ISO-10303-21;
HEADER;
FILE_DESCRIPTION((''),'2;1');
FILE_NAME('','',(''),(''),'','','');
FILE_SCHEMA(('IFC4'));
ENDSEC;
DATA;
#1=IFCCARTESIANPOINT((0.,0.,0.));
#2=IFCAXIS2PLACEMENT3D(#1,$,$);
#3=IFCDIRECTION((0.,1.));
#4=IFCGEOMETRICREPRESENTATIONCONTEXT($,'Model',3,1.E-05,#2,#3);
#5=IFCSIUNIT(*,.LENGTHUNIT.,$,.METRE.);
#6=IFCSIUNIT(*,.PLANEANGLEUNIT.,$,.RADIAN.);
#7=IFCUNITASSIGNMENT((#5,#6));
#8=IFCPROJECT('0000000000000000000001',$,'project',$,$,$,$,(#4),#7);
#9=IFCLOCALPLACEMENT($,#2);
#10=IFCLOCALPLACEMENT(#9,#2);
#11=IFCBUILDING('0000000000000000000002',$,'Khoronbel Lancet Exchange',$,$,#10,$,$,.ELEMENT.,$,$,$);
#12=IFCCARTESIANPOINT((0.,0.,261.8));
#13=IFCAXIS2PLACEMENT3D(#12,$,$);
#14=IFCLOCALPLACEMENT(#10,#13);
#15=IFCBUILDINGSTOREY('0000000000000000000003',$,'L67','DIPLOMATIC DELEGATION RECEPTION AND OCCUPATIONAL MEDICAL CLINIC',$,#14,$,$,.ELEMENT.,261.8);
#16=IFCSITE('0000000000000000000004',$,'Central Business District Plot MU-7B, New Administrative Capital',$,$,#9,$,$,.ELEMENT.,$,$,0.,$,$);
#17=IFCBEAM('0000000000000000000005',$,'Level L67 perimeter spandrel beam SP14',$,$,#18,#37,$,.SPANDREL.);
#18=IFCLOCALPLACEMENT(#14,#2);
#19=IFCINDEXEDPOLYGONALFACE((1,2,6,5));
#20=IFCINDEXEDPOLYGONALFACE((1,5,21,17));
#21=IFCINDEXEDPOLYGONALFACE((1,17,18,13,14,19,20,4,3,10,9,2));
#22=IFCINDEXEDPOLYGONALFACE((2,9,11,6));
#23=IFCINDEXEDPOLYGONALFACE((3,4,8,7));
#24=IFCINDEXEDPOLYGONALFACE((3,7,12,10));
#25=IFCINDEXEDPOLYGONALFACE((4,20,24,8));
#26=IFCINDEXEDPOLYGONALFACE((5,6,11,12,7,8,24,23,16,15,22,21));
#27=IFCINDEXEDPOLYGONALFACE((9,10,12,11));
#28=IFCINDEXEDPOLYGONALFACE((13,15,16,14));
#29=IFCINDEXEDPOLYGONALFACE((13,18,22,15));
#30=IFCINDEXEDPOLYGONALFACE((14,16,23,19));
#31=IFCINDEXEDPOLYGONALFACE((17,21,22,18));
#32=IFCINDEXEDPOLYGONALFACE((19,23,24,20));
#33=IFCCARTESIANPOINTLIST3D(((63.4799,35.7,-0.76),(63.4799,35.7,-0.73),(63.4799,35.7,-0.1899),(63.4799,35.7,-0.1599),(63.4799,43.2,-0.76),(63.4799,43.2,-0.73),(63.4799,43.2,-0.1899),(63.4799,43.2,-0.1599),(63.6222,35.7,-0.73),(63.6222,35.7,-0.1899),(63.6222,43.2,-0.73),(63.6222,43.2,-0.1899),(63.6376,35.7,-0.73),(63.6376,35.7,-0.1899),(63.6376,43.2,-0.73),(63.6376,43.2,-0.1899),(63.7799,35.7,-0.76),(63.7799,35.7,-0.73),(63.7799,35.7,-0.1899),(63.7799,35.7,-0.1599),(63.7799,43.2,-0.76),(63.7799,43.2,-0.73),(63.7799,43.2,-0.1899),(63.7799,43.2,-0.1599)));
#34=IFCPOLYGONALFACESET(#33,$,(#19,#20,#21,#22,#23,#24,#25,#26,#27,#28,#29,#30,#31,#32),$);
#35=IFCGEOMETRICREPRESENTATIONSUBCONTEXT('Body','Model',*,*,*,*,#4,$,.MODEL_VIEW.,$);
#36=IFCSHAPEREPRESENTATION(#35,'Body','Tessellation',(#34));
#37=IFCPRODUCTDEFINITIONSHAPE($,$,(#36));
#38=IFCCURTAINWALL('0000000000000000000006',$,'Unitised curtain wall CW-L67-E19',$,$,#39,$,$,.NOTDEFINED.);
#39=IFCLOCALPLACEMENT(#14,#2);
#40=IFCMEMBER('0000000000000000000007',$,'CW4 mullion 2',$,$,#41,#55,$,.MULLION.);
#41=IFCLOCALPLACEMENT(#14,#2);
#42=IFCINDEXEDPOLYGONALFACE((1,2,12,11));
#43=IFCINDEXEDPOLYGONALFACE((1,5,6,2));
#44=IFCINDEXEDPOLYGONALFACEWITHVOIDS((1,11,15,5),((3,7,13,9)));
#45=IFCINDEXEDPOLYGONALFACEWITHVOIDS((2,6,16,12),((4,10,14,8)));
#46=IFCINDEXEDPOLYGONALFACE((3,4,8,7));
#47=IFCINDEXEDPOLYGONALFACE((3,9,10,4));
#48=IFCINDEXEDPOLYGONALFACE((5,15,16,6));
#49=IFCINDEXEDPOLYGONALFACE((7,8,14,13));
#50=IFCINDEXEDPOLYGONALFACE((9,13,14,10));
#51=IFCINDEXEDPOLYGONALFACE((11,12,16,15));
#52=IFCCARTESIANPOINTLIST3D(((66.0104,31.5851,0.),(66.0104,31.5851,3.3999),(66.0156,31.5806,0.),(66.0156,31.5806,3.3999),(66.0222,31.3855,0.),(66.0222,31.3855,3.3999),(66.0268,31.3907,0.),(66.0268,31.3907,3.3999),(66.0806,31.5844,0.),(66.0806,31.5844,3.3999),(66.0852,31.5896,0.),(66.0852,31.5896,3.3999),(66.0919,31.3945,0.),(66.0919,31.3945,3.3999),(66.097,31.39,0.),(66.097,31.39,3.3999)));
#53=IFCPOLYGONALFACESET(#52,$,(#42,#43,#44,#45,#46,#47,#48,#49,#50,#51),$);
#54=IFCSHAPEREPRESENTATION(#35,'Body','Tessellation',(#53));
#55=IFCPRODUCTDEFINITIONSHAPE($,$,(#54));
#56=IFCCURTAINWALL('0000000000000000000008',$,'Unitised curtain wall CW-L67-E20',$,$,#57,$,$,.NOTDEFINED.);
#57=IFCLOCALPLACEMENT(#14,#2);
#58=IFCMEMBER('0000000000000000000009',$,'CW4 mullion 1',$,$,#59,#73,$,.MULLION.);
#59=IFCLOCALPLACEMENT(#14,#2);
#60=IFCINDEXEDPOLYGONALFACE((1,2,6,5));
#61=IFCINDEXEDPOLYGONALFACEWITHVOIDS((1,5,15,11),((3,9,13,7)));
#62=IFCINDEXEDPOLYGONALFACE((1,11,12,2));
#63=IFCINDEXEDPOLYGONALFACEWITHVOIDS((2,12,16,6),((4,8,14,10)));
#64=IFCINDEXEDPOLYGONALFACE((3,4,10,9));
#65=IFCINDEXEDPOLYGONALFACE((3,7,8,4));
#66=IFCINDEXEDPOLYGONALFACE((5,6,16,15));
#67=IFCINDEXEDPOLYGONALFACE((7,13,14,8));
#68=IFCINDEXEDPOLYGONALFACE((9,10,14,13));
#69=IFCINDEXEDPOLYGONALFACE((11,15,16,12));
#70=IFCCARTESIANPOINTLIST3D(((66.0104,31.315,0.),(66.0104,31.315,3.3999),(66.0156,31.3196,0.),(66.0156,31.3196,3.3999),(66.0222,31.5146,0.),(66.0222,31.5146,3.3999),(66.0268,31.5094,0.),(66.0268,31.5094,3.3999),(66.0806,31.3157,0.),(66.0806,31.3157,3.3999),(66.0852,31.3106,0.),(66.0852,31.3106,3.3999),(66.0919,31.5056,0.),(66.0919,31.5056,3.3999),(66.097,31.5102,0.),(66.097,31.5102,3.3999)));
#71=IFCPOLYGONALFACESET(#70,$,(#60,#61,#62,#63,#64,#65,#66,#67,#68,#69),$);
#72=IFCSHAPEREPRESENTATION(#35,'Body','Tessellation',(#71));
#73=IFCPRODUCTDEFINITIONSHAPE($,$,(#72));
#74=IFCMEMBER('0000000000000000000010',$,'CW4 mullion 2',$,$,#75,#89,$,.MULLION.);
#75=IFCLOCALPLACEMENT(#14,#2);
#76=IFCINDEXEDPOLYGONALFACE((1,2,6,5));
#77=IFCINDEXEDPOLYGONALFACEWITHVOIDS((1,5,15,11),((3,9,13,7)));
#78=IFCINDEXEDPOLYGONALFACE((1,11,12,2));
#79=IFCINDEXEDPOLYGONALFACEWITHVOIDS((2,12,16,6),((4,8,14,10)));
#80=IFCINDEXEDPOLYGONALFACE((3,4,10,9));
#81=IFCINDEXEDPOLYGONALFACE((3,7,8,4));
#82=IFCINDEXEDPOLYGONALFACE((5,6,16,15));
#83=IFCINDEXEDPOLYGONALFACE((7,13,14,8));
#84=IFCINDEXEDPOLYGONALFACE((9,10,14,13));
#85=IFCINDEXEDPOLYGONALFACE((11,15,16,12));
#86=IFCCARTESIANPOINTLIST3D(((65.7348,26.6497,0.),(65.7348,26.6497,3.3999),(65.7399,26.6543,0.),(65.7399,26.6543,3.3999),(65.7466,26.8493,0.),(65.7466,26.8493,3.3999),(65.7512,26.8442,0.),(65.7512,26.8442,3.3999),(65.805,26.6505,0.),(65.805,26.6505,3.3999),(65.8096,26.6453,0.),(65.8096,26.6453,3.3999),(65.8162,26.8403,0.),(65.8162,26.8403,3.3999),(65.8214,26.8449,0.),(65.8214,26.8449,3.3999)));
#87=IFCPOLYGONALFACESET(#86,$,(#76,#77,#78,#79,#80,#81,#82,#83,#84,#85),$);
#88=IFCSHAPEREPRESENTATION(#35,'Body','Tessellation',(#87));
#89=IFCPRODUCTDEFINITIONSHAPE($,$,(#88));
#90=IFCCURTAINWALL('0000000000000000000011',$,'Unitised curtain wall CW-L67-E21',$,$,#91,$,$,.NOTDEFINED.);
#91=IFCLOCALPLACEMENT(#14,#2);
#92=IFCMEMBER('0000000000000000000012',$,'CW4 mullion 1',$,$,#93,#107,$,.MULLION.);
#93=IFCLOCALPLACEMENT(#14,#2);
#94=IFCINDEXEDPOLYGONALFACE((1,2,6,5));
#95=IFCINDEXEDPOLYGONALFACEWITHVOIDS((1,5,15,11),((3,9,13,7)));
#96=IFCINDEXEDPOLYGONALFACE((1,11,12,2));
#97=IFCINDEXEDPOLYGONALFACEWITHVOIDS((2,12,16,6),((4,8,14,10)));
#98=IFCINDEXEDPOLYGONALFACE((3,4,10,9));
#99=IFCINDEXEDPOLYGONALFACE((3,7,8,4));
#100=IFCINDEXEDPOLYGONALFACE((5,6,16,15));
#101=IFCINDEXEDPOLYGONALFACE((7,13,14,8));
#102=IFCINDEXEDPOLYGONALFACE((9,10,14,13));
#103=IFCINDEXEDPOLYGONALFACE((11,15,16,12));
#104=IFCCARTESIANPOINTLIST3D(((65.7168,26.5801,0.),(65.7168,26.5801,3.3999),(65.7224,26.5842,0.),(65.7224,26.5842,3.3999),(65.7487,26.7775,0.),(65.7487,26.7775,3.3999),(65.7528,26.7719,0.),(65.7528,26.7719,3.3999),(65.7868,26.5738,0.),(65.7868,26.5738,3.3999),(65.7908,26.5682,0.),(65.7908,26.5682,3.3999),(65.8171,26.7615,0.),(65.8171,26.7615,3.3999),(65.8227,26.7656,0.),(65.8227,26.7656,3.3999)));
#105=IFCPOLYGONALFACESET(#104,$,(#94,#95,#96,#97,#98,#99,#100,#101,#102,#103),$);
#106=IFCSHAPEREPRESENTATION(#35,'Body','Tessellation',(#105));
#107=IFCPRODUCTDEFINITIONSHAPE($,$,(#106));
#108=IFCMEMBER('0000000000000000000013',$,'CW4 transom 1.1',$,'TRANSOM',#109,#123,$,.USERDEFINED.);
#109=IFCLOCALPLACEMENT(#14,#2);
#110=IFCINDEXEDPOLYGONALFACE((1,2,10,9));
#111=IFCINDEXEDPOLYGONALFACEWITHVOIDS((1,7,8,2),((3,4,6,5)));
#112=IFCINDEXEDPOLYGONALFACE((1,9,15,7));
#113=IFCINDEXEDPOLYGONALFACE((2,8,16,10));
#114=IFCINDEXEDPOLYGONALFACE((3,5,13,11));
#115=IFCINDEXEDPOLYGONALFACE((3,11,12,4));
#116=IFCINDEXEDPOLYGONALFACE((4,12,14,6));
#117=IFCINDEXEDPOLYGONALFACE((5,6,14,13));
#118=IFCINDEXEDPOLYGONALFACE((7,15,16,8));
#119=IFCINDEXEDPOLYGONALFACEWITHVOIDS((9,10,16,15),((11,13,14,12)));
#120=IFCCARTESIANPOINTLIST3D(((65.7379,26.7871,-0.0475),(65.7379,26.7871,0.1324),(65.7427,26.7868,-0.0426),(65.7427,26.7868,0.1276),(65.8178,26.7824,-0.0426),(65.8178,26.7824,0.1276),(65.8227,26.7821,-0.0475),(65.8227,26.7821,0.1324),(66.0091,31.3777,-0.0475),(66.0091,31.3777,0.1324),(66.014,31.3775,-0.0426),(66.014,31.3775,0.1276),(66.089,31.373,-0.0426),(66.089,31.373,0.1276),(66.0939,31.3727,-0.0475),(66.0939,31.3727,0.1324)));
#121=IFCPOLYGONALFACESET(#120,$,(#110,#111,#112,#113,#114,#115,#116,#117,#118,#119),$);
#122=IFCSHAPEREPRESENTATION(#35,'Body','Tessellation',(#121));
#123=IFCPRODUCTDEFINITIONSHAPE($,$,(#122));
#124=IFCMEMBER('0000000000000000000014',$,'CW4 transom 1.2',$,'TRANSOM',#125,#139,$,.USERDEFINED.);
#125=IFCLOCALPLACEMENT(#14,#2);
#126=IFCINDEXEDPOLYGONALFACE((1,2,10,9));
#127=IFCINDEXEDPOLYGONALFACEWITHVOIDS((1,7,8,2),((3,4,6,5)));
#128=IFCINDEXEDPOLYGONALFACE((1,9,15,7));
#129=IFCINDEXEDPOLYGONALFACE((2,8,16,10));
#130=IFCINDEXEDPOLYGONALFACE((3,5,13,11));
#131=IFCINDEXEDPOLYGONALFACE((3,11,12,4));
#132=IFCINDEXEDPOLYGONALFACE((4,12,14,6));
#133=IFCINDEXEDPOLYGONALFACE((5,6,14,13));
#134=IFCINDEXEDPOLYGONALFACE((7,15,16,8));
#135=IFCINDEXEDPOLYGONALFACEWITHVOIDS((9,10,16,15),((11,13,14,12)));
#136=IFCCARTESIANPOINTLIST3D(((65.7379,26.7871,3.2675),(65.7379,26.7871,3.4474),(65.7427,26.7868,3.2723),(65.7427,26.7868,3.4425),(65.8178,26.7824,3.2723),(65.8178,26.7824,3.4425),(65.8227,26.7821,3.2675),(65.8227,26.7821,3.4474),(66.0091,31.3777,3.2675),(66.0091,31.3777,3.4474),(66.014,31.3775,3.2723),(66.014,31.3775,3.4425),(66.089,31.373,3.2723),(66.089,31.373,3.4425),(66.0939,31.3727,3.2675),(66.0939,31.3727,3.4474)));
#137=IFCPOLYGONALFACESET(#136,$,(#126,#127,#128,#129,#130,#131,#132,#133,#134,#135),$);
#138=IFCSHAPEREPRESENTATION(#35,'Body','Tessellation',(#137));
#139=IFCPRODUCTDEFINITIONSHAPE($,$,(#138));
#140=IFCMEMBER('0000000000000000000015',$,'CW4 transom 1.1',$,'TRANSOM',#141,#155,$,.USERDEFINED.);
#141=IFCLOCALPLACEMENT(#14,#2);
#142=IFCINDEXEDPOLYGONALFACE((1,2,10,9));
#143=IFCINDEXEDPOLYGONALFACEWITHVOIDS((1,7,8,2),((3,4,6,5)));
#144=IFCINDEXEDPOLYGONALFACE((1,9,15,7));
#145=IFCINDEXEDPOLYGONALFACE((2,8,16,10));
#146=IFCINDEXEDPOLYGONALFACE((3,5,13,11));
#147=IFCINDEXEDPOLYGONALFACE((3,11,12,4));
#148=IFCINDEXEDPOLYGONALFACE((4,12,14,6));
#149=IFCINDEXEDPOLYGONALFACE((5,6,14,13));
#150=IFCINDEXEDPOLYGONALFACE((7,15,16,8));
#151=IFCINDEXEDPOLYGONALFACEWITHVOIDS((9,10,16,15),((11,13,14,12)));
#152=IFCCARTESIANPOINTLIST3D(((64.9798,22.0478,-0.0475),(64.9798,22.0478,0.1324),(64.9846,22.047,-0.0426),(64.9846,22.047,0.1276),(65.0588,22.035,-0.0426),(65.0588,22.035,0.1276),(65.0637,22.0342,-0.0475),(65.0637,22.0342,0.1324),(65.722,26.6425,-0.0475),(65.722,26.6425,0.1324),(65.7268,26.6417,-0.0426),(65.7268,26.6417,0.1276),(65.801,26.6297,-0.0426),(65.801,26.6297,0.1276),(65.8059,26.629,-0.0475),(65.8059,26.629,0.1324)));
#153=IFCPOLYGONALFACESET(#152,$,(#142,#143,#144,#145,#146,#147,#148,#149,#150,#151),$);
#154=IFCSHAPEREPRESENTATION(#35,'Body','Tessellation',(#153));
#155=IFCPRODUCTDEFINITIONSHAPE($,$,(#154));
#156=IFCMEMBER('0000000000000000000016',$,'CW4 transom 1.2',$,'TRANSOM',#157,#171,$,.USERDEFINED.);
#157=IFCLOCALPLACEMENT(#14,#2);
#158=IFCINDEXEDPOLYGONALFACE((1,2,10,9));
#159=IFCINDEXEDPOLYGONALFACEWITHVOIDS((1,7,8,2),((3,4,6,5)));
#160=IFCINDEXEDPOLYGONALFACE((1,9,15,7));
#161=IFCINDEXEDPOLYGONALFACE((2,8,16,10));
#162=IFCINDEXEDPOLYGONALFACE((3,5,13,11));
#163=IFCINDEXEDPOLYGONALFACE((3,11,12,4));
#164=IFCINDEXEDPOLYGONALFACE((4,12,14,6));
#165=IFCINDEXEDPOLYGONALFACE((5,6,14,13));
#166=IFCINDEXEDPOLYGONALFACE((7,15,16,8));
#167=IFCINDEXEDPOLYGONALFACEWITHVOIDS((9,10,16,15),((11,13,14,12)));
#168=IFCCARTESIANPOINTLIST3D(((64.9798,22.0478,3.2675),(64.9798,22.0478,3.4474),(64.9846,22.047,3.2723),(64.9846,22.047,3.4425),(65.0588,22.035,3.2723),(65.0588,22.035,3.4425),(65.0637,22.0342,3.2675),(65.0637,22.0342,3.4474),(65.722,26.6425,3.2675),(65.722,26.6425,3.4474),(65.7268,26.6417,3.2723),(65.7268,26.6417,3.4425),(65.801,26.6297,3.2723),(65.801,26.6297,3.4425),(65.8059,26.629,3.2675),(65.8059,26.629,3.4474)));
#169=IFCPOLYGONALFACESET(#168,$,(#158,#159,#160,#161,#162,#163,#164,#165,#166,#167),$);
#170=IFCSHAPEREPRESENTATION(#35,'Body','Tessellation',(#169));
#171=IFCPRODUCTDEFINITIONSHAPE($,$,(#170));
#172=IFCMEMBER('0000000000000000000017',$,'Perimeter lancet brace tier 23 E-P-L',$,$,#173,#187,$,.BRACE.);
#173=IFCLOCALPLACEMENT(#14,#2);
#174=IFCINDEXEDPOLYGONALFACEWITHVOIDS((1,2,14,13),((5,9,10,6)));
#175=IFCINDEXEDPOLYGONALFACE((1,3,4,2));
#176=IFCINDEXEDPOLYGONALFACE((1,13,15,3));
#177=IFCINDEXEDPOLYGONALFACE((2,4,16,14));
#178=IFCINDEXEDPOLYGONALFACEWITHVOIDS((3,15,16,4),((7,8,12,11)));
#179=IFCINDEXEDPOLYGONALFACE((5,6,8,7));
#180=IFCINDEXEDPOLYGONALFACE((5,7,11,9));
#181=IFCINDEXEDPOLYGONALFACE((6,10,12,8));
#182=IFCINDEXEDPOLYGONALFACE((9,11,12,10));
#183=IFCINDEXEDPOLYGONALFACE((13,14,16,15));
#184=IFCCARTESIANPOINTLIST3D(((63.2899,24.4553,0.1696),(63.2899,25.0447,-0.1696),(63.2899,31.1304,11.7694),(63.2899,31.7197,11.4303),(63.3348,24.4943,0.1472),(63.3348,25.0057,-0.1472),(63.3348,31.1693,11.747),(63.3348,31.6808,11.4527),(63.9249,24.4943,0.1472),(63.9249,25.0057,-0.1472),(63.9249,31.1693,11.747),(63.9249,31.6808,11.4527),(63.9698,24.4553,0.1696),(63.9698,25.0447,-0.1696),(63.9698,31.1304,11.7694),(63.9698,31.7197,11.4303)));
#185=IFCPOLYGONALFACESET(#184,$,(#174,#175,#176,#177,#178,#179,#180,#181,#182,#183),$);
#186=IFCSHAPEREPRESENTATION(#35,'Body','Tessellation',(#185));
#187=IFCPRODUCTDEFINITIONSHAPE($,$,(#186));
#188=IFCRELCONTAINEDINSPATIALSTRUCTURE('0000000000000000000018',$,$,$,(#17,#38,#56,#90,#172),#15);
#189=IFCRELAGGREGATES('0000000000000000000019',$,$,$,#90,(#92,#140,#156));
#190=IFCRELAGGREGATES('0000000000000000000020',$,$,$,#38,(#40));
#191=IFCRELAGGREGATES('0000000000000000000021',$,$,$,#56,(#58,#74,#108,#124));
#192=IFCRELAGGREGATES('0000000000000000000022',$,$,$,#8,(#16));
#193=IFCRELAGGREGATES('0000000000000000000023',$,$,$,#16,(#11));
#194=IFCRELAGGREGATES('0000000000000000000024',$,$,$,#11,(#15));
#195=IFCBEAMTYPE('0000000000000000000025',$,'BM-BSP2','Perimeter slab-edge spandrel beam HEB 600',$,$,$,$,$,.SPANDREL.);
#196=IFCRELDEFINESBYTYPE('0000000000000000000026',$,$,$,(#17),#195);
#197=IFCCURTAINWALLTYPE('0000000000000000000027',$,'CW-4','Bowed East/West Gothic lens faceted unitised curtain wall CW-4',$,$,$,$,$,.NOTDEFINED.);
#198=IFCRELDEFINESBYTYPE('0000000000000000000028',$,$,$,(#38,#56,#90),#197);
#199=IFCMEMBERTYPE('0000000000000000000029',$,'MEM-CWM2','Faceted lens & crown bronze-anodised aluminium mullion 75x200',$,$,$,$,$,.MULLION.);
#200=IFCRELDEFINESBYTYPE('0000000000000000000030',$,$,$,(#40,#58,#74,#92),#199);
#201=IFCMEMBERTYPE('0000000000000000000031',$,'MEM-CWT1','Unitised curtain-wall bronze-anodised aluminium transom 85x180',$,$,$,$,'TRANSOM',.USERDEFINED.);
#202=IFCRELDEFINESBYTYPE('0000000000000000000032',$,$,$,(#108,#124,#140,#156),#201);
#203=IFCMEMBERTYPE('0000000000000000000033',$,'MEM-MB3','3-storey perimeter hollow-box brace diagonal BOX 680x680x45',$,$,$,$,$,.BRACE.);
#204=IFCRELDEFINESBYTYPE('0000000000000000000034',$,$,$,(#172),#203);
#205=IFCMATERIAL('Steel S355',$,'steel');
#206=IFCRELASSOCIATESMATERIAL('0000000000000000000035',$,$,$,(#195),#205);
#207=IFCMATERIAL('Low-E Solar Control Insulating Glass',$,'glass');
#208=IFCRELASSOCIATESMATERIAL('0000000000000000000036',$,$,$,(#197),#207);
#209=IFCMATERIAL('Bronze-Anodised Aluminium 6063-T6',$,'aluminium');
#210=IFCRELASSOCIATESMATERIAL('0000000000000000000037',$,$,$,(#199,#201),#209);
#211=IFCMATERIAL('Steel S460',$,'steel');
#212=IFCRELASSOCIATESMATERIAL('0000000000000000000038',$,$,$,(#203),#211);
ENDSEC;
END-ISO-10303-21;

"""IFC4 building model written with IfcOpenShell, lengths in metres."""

from ifc_helpers import new_model, si_unit, direction, frame, origin, origin_2d, place, context, subcontext, project, spatial, hollow_rectangle, i_section, extrude, material, material_profile, profile_set, type_object, element, aggregate, save


model = new_model("IFC4")

# Units and contexts
model_context = context("Model", 3, precision=1e-05, world=origin(), true_north=direction((0.0, 1.0)))
body_context = subcontext(model_context, "Body", "Model", "MODEL_VIEW")
ifc_project = project(units=[si_unit("LENGTHUNIT", "METRE"), si_unit("PLANEANGLEUNIT", "RADIAN")], contexts=[model_context])

# Site, building, storey
site_placement = place(None, origin())
site = spatial("IfcSite", under=ifc_project, at=site_placement, Name="Central Business District Plot MU-7B, New Administrative Capital", CompositionType="ELEMENT", RefElevation=0.0)
building_placement = place(site_placement, origin())
building = spatial("IfcBuilding", under=site, at=building_placement, Name="Khoronbel Lancet Exchange", CompositionType="ELEMENT")
storey_placement = place(building_placement, frame((0.0, 0.0, 261.8)))
storey = spatial("IfcBuildingStorey", under=building, at=storey_placement, Name="L67", Description="DIPLOMATIC DELEGATION RECEPTION AND OCCUPATIONAL MEDICAL CLINIC", CompositionType="ELEMENT", Elevation=261.8)

# Shared definitions
ifc_material_1 = material(Name="Steel S355", Category="steel")

# Beam
ifc_material_profile_1 = material_profile(ifc_material_1, i_section(OverallWidth=0.3, OverallDepth=0.6001, WebThickness=0.0154, FlangeThickness=0.03, at=origin_2d()), Name="HEB 600")
ifc_profile_set_1 = profile_set([ifc_material_profile_1], Name="Steel S355")
beam_type_1 = type_object("IfcBeamType", Name="BM-BSP2", Description="Perimeter slab-edge spandrel beam HEB 600", PredefinedType="SPANDREL", material=ifc_profile_set_1)
beam_1_placement = place(storey_placement, frame((63.6299, 35.7, -0.46), z_axis=(0.0, 1.0, 0.0), x_axis=(-1.0, 0.0, 0.0)))
element("IfcBeam", 1, at=beam_1_placement, inside=storey, type_object=beam_type_1, Name="Level L67 perimeter spandrel beam SP14", PredefinedType="SPANDREL", context=body_context, shape_type="SweptSolid", body=[
    extrude(i_section(OverallWidth=0.3, OverallDepth=0.6001, WebThickness=0.0154, FlangeThickness=0.03, at=origin_2d()), origin(), (0.0, 0.0, 1.0), 7.5),
])

# Curtain wall, member
ifc_material_2 = material(Name="Low-E Solar Control Insulating Glass", Category="glass")
curtain_wall_type = type_object("IfcCurtainWallType", Name="CW-4", Description="Bowed East/West Gothic lens faceted unitised curtain wall CW-4", PredefinedType="NOTDEFINED", material=ifc_material_2)
curtain_wall_1_placement = place(storey_placement, origin())
curtain_wall_1 = element("IfcCurtainWall", 2, at=curtain_wall_1_placement, inside=storey, type_object=curtain_wall_type, Name="Unitised curtain wall CW-L67-E19", PredefinedType="NOTDEFINED")
ifc_material_3 = material(Name="Bronze-Anodised Aluminium 6063-T6", Category="aluminium")
ifc_material_profile_2 = material_profile(ifc_material_3, hollow_rectangle(XDim=0.075, YDim=0.2, WallThickness=0.0049, at=origin_2d()), Name="ALU MULLION 75x200")
ifc_profile_set_2 = profile_set([ifc_material_profile_2], Name="Bronze-Anodised Aluminium 6063-T6")
member_type_1 = type_object("IfcMemberType", Name="MEM-CWM2", Description="Faceted lens & crown bronze-anodised aluminium mullion 75x200", PredefinedType="MULLION", material=ifc_profile_set_2)
member_1_placement = place(storey_placement, frame((66.0537, 31.4875, 0.0), z_axis=(0.0, 0.0, 1.0), x_axis=(0.998257, 0.05901, 0.0)))
member_1 = element("IfcMember", 3, at=member_1_placement, type_object=member_type_1, Name="CW4 mullion 2", PredefinedType="MULLION", context=body_context, shape_type="SweptSolid", body=[
    extrude(hollow_rectangle(XDim=0.075, YDim=0.2, WallThickness=0.0049, at=origin_2d()), origin(), (0.0, 0.0, 1.0), 3.3999),
])

# Curtain wall, members
curtain_wall_2_placement = place(storey_placement, origin())
curtain_wall_2 = element("IfcCurtainWall", 4, at=curtain_wall_2_placement, inside=storey, type_object=curtain_wall_type, Name="Unitised curtain wall CW-L67-E20", PredefinedType="NOTDEFINED")
member_2_placement = place(storey_placement, frame((66.0537, 31.4126, 0.0), z_axis=(0.0, 0.0, 1.0), x_axis=(0.998257, -0.05901, 0.0)))
member_2 = element("IfcMember", 5, at=member_2_placement, type_object=member_type_1, Name="CW4 mullion 1", PredefinedType="MULLION", context=body_context, shape_type="SweptSolid", body=[
    extrude(hollow_rectangle(XDim=0.075, YDim=0.2, WallThickness=0.0049, at=origin_2d()), origin(), (0.0, 0.0, 1.0), 3.3999),
])
member_3_placement = place(storey_placement, frame((65.7781, 26.7473, 0.0), z_axis=(0.0, 0.0, 1.0), x_axis=(0.998257, -0.05901, 0.0)))
member_3 = element("IfcMember", 6, at=member_3_placement, type_object=member_type_1, Name="CW4 mullion 2", PredefinedType="MULLION", context=body_context, shape_type="SweptSolid", body=[
    extrude(hollow_rectangle(XDim=0.075, YDim=0.2, WallThickness=0.0049, at=origin_2d()), origin(), (0.0, 0.0, 1.0), 3.3999),
])

# Curtain wall, member
curtain_wall_3_placement = place(storey_placement, origin())
curtain_wall_3 = element("IfcCurtainWall", 7, at=curtain_wall_3_placement, inside=storey, type_object=curtain_wall_type, Name="Unitised curtain wall CW-L67-E21", PredefinedType="NOTDEFINED")
member_4_placement = place(storey_placement, frame((65.7698, 26.6729, 0.0), z_axis=(0.0, 0.0, 1.0), x_axis=(0.987205, -0.159456, 0.0)))
member_4 = element("IfcMember", 8, at=member_4_placement, type_object=member_type_1, Name="CW4 mullion 1", PredefinedType="MULLION", context=body_context, shape_type="SweptSolid", body=[
    extrude(hollow_rectangle(XDim=0.075, YDim=0.2, WallThickness=0.0049, at=origin_2d()), origin(), (0.0, 0.0, 1.0), 3.3999),
])

# Members
ifc_material_profile_3 = material_profile(ifc_material_3, hollow_rectangle(XDim=0.085, YDim=0.1799, WallThickness=0.0049, at=origin_2d()), Name="ALU TRANSOM 85x180")
ifc_profile_set_3 = profile_set([ifc_material_profile_3], Name="Bronze-Anodised Aluminium 6063-T6")
member_type_2 = type_object("IfcMemberType", Name="MEM-CWT1", Description="Unitised curtain-wall bronze-anodised aluminium transom 85x180", ElementType="TRANSOM", PredefinedType="USERDEFINED", material=ifc_profile_set_3)
member_5_placement = place(storey_placement, frame((66.0515, 31.3752, 0.0425), z_axis=(-0.058983, -0.998259, 0.0), x_axis=(0.998259, -0.058983, 0.0)))
member_5 = element("IfcMember", 9, at=member_5_placement, type_object=member_type_2, Name="CW4 transom 1.1", ObjectType="TRANSOM", PredefinedType="USERDEFINED", context=body_context, shape_type="SweptSolid", body=[
    extrude(hollow_rectangle(XDim=0.085, YDim=0.1799, WallThickness=0.0049, at=origin_2d()), origin(), (0.0, 0.0, 1.0), 4.5986),
])
member_6_placement = place(storey_placement, frame((66.0515, 31.3752, 3.3574), z_axis=(-0.058983, -0.998259, 0.0), x_axis=(0.998259, -0.058983, 0.0)))
member_6 = element("IfcMember", 10, at=member_6_placement, type_object=member_type_2, Name="CW4 transom 1.2", ObjectType="TRANSOM", PredefinedType="USERDEFINED", context=body_context, shape_type="SweptSolid", body=[
    extrude(hollow_rectangle(XDim=0.085, YDim=0.1799, WallThickness=0.0049, at=origin_2d()), origin(), (0.0, 0.0, 1.0), 4.5986),
])
member_7_placement = place(storey_placement, frame((65.7639, 26.6357, 0.0425), z_axis=(-0.159463, -0.987204, 0.0), x_axis=(0.987204, -0.159463, 0.0)))
member_7 = element("IfcMember", 11, at=member_7_placement, type_object=member_type_2, Name="CW4 transom 1.1", ObjectType="TRANSOM", PredefinedType="USERDEFINED", context=body_context, shape_type="SweptSolid", body=[
    extrude(hollow_rectangle(XDim=0.085, YDim=0.1799, WallThickness=0.0049, at=origin_2d()), origin(), (0.0, 0.0, 1.0), 4.6543),
])
member_8_placement = place(storey_placement, frame((65.7639, 26.6357, 3.3574), z_axis=(-0.159463, -0.987204, 0.0), x_axis=(0.987204, -0.159463, 0.0)))
member_8 = element("IfcMember", 12, at=member_8_placement, type_object=member_type_2, Name="CW4 transom 1.2", ObjectType="TRANSOM", PredefinedType="USERDEFINED", context=body_context, shape_type="SweptSolid", body=[
    extrude(hollow_rectangle(XDim=0.085, YDim=0.1799, WallThickness=0.0049, at=origin_2d()), origin(), (0.0, 0.0, 1.0), 4.6543),
])
aggregate(curtain_wall_3, [member_4, member_7, member_8])

# Member
ifc_material_4 = material(Name="Steel S460", Category="steel")
ifc_material_profile_4 = material_profile(ifc_material_4, hollow_rectangle(XDim=0.6799, YDim=0.6799, WallThickness=0.0449, at=origin_2d()), Name="BOX 680x680x45")
ifc_profile_set_4 = profile_set([ifc_material_profile_4], Name="Steel S460")
member_type_3 = type_object("IfcMemberType", Name="MEM-MB3", Description="3-storey perimeter hollow-box brace diagonal BOX 680x680x45", PredefinedType="BRACE", material=ifc_profile_set_4)
member_9_placement = place(storey_placement, frame((63.6299, 24.75, 0.0), z_axis=(0.0, 0.498759, 0.866741), x_axis=(-1.0, 0.0, 0.0)))
element("IfcMember", 13, at=member_9_placement, inside=storey, type_object=member_type_3, Name="Perimeter lancet brace tier 23 E-P-L", PredefinedType="BRACE", context=body_context, shape_type="SweptSolid", body=[
    extrude(hollow_rectangle(XDim=0.6799, YDim=0.6799, WallThickness=0.0449, at=origin_2d()), origin(), (0.0, 0.0, 1.0), 13.3833),
])

aggregate(curtain_wall_1, [member_1])
aggregate(curtain_wall_2, [member_2, member_3, member_5, member_6])

save(model, "model.ifc")
